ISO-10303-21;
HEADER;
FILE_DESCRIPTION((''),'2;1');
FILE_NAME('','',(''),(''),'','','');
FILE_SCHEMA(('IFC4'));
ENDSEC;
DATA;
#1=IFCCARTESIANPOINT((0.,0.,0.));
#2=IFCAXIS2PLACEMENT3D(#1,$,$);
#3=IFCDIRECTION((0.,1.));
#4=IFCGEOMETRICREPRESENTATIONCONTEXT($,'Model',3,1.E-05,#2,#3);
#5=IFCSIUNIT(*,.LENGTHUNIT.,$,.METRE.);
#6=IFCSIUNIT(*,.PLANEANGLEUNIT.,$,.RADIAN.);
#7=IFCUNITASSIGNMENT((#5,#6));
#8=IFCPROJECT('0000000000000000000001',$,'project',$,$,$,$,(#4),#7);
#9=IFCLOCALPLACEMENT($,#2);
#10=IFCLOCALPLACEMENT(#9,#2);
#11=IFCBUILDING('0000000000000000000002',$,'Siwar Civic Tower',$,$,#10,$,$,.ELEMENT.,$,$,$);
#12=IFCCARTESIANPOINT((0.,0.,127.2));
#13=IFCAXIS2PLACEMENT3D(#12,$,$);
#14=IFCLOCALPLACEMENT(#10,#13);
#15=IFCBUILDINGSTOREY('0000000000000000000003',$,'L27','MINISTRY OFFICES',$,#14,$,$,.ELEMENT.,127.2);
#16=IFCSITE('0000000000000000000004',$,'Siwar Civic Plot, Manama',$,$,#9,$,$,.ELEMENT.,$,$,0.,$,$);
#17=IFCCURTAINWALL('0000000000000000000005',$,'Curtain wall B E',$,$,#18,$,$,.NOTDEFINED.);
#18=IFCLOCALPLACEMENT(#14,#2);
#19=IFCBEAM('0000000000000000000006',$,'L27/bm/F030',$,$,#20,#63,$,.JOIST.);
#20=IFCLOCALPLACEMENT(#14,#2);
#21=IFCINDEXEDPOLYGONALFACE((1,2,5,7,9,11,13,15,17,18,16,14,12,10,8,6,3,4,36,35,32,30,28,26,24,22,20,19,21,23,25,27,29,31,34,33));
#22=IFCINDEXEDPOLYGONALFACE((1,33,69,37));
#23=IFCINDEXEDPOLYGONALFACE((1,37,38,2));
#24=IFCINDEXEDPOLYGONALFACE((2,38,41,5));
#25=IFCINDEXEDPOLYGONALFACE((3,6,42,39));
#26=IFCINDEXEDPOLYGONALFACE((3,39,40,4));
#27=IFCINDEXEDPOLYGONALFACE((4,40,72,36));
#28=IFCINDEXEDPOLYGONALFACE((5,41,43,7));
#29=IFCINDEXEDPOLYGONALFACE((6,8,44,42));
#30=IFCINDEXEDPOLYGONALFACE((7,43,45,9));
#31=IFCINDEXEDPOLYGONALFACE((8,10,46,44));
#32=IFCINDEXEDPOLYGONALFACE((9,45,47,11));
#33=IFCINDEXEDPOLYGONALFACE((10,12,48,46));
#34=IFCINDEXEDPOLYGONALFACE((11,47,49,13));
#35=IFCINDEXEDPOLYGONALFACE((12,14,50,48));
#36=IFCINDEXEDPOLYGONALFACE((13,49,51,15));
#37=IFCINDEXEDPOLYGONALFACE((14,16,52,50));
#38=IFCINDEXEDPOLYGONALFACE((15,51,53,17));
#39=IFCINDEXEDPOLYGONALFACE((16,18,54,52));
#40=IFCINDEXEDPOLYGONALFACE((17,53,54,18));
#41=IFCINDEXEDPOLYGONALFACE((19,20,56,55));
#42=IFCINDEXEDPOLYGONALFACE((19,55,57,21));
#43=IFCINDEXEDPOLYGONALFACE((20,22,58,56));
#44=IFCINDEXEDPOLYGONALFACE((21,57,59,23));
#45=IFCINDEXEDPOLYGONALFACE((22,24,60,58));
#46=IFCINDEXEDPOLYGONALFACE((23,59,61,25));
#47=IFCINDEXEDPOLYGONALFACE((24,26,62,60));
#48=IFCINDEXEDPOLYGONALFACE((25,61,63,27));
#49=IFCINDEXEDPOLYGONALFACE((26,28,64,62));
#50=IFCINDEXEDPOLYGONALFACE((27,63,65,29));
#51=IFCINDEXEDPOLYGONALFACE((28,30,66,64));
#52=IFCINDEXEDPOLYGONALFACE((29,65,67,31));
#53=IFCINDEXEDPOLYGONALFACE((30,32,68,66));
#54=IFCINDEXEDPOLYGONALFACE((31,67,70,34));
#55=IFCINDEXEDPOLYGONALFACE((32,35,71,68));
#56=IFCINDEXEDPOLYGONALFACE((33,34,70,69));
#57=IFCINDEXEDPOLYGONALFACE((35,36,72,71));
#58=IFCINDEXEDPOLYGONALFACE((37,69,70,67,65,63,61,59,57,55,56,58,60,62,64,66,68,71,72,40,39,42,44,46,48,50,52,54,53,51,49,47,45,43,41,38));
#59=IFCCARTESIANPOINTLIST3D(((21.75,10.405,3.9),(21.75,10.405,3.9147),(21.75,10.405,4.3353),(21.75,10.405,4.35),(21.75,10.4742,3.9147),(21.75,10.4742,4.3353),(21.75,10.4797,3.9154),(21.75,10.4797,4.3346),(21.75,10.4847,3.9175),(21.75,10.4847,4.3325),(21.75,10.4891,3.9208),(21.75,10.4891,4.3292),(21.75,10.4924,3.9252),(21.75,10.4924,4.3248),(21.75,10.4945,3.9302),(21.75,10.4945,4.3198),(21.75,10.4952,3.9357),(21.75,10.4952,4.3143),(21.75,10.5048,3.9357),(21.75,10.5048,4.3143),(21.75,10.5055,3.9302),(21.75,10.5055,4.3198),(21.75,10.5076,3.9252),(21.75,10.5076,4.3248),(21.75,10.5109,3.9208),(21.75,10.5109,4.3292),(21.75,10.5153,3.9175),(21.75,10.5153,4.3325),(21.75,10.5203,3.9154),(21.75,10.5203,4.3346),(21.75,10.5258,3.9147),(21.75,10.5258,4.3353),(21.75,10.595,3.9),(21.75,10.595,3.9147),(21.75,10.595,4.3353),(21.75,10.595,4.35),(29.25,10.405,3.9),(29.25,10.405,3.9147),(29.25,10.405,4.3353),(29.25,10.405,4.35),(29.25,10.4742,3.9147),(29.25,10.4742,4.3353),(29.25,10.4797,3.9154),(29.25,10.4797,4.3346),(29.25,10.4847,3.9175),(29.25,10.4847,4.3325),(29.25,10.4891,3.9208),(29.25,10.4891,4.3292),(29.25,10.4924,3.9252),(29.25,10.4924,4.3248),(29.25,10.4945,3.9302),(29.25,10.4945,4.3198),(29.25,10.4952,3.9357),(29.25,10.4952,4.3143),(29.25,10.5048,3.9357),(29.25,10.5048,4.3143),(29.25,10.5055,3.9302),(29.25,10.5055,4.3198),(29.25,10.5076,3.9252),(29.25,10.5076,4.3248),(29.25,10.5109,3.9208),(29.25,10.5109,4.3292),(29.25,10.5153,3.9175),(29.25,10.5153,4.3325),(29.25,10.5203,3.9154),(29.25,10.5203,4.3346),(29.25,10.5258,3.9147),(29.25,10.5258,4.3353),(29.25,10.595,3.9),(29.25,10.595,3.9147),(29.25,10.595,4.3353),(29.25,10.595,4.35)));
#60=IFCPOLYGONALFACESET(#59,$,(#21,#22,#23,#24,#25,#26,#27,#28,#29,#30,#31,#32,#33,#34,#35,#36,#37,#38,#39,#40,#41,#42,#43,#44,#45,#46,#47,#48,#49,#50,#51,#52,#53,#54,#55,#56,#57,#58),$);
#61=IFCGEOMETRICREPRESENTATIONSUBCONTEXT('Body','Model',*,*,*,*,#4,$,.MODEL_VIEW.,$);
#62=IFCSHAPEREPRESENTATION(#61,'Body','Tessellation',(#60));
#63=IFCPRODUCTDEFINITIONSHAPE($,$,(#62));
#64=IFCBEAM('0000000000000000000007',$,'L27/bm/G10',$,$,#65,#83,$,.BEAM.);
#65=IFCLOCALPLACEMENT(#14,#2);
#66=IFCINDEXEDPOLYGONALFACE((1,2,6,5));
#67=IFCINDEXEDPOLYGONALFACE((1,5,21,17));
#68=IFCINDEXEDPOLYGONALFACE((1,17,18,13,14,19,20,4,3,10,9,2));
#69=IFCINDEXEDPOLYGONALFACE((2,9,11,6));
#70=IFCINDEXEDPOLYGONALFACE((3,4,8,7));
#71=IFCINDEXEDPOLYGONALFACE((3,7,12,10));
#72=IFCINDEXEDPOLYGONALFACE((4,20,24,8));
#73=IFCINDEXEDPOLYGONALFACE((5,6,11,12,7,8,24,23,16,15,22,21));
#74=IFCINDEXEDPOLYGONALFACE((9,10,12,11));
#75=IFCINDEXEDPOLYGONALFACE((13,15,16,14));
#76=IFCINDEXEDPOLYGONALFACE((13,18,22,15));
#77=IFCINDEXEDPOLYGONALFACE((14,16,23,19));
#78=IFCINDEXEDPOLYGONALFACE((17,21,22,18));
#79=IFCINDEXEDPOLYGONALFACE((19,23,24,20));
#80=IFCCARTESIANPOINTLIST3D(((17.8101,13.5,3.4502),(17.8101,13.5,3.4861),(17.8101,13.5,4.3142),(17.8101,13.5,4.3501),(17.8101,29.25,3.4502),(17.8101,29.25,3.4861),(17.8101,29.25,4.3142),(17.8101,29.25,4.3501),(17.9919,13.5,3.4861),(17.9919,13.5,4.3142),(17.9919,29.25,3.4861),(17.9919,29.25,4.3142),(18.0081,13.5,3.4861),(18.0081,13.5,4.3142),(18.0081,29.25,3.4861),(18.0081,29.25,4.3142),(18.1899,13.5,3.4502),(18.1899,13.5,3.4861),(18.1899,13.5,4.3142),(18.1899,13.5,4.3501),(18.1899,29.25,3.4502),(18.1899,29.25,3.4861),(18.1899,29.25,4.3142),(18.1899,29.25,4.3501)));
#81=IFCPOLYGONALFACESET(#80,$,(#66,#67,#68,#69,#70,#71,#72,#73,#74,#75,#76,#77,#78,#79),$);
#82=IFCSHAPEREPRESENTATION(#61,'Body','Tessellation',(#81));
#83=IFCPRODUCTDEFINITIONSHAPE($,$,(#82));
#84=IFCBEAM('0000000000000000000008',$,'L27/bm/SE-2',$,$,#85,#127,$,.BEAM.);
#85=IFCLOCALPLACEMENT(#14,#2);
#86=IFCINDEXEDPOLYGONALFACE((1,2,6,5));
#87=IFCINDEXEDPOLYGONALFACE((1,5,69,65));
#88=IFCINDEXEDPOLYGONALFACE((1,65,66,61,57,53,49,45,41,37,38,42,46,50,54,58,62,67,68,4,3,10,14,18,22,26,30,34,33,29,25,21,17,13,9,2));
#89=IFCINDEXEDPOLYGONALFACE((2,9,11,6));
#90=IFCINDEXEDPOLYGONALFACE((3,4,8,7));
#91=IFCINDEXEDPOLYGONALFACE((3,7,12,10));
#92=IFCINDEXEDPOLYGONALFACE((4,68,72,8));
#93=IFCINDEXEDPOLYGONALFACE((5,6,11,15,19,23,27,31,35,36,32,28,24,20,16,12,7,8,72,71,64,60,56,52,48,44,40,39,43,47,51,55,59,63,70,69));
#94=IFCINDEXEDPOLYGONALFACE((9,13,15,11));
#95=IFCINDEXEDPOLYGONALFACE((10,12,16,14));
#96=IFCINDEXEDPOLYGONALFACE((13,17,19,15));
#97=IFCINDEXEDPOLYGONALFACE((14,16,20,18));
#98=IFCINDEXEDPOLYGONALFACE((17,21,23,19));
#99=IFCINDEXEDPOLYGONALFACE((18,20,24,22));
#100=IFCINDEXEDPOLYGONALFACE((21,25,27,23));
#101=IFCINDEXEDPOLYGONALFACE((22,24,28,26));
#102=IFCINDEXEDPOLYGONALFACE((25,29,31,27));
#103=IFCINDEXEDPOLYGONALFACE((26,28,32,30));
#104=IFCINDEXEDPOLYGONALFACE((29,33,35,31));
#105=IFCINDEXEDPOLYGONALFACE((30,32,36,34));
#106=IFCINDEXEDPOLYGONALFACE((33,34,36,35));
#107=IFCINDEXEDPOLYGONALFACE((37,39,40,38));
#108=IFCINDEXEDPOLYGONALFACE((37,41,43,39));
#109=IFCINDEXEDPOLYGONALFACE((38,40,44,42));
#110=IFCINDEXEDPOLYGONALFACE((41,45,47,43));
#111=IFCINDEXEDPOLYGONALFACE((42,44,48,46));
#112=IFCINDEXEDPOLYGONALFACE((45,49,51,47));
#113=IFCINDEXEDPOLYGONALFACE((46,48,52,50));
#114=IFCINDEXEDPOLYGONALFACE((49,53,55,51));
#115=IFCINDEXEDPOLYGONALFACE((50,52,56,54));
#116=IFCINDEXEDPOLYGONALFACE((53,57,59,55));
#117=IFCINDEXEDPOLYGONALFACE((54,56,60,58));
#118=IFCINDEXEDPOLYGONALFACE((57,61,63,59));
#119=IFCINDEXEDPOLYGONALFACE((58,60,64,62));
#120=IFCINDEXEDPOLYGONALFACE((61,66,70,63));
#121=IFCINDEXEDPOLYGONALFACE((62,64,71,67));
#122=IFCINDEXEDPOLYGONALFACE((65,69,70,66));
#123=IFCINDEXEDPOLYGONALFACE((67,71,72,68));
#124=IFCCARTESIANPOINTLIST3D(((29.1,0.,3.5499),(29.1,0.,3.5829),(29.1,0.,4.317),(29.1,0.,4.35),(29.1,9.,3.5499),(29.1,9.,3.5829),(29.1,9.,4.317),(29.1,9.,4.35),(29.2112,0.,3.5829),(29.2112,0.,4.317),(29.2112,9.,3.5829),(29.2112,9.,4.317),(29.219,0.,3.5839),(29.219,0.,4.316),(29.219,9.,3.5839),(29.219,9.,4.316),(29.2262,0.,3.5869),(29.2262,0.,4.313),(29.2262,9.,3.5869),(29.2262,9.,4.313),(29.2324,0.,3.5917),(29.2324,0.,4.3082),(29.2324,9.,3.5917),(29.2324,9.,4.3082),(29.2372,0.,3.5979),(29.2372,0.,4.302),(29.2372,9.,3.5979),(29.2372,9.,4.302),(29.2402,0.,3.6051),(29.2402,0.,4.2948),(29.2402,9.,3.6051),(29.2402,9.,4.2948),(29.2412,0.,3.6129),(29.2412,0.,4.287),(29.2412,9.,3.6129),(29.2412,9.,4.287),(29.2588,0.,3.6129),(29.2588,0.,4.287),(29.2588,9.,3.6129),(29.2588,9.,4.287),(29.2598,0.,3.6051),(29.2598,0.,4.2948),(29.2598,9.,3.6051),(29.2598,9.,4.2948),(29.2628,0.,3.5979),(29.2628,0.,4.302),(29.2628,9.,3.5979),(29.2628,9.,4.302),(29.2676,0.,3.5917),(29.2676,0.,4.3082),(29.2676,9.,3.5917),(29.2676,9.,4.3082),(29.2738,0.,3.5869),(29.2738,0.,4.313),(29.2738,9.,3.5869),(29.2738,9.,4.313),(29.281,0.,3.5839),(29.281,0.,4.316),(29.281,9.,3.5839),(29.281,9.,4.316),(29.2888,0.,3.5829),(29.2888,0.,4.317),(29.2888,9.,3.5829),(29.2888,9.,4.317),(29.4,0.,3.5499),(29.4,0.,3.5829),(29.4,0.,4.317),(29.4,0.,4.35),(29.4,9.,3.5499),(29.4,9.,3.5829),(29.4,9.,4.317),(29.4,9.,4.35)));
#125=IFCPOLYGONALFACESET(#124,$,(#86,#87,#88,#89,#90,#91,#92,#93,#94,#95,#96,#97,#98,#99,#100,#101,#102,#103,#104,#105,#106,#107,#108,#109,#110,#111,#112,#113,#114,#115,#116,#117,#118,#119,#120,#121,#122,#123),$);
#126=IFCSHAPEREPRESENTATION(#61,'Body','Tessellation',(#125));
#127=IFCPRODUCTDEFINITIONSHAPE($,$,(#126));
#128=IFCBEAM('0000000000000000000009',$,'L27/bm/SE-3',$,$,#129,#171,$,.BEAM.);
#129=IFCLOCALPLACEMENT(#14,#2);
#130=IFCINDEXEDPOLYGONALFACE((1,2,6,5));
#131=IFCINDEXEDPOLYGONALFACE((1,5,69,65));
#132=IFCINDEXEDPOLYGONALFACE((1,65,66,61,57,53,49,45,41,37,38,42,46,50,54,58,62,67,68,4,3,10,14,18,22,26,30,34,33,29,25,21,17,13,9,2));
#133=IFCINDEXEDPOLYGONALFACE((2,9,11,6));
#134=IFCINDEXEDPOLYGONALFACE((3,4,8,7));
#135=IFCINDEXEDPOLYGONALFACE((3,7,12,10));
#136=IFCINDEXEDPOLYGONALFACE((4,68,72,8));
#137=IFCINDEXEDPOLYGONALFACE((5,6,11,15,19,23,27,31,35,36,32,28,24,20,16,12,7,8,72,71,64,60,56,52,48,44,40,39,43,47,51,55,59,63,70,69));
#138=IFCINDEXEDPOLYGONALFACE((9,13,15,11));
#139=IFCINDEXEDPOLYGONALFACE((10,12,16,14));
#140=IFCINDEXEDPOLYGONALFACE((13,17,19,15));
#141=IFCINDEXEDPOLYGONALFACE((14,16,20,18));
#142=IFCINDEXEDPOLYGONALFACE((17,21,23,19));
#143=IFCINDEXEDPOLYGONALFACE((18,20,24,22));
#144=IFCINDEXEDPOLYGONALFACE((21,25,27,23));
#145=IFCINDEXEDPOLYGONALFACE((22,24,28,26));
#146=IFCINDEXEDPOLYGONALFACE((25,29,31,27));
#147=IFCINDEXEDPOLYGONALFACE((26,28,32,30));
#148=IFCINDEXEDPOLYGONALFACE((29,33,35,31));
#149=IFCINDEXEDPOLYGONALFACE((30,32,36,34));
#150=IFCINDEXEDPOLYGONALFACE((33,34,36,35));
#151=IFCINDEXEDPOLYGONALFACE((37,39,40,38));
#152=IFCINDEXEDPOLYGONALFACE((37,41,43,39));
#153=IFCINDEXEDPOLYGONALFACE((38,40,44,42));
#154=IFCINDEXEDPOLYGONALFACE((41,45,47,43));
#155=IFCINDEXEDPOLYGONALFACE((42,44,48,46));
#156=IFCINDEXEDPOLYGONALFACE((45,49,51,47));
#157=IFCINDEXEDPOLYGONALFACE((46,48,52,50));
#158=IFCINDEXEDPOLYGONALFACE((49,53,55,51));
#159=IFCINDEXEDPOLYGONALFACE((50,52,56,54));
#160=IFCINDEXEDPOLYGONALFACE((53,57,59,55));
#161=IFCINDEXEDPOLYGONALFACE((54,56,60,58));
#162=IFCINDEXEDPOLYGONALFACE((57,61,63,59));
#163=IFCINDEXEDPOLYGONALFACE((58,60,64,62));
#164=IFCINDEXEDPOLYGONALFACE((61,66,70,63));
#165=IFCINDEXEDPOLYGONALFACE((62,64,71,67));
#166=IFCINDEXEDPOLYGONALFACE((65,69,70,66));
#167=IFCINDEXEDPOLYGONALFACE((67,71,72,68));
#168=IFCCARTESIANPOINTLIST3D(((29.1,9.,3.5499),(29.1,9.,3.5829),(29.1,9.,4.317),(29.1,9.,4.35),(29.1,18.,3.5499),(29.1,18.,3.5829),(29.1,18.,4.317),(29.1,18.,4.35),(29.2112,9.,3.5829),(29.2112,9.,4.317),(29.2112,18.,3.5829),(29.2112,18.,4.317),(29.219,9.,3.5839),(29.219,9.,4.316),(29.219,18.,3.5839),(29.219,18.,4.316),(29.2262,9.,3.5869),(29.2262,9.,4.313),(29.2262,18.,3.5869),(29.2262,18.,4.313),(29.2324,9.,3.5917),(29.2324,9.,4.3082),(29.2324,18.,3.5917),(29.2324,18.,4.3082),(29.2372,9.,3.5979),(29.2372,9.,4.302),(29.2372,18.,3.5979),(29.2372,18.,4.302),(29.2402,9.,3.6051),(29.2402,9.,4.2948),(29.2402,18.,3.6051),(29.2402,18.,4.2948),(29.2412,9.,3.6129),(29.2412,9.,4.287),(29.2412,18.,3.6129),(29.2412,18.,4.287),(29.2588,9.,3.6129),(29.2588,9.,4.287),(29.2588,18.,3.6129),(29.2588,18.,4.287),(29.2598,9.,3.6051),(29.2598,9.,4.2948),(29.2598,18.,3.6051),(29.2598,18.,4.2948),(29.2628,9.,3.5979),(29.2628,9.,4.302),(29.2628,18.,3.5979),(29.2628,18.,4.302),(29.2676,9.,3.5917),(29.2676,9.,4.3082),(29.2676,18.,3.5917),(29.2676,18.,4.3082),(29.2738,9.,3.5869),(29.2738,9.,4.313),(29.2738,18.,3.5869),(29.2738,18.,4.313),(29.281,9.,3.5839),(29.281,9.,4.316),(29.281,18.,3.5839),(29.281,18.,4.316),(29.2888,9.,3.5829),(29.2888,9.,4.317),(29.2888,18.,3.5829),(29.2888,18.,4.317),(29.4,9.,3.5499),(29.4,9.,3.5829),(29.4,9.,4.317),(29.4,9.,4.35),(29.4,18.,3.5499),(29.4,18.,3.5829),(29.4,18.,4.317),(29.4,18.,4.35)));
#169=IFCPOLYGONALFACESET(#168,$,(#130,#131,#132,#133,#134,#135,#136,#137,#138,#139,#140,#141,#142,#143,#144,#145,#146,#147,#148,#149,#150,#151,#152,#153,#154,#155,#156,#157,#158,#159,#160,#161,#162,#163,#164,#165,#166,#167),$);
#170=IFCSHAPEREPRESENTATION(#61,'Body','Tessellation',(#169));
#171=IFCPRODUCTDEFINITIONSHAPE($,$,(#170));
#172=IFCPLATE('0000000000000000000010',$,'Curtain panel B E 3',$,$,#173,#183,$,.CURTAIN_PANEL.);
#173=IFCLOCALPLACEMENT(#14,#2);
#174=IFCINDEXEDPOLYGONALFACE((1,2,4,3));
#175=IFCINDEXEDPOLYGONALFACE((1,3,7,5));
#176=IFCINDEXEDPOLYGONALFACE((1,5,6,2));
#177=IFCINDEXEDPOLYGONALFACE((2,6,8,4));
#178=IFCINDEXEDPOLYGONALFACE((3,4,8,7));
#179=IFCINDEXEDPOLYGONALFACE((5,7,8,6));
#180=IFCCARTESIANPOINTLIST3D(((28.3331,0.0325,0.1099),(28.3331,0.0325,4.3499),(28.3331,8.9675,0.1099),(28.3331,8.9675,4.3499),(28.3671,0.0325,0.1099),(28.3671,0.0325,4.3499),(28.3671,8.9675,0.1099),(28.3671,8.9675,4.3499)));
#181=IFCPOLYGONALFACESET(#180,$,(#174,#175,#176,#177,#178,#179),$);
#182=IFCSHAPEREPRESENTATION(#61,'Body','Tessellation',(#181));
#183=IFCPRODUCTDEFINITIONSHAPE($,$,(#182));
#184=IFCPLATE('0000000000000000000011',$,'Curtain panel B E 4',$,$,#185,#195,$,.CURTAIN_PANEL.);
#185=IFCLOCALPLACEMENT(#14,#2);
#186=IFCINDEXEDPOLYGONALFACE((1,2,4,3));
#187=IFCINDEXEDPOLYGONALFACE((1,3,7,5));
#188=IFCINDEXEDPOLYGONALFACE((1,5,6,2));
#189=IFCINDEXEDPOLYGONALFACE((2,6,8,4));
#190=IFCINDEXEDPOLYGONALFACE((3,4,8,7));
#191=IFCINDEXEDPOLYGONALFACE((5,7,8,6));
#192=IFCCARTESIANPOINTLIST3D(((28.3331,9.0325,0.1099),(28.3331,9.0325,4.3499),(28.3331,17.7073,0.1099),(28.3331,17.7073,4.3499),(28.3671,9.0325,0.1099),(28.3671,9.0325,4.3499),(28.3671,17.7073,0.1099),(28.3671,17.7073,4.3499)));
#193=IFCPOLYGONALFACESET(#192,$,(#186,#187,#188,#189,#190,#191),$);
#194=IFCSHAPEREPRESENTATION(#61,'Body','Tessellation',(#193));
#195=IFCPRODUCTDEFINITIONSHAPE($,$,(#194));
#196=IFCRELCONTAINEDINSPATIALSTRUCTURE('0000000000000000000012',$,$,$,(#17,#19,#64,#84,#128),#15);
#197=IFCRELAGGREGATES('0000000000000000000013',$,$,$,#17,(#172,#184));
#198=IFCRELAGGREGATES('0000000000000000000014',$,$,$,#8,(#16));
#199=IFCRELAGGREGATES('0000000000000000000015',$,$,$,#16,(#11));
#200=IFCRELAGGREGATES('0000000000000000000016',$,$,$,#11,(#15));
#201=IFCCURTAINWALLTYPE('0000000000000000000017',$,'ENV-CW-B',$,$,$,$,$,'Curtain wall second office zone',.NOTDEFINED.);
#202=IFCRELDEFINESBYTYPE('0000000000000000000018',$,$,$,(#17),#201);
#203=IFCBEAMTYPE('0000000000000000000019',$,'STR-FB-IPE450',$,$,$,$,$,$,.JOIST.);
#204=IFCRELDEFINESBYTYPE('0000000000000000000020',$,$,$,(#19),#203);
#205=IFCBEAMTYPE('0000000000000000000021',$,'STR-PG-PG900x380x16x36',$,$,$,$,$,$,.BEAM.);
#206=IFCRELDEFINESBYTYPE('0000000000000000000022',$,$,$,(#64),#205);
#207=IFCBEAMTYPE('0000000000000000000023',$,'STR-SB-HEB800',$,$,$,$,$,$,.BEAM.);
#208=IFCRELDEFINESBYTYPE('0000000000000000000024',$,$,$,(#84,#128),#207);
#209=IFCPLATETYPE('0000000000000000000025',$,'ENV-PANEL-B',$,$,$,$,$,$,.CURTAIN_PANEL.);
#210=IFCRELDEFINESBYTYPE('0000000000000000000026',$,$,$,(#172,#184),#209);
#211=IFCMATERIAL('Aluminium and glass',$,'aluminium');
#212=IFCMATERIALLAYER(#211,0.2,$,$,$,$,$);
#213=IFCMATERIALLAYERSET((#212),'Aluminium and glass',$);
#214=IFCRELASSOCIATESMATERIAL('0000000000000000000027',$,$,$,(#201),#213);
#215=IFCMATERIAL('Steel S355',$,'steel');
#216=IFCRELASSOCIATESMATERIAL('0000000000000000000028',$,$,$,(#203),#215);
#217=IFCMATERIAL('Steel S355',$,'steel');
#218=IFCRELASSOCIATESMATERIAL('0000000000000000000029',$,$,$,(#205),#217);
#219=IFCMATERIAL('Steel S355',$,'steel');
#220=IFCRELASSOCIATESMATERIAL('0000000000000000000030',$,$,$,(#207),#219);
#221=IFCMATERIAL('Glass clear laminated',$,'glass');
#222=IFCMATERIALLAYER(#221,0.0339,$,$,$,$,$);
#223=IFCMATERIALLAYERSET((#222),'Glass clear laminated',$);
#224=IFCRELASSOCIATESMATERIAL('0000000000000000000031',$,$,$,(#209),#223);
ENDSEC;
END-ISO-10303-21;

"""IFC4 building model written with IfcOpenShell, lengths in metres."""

from ifc_helpers import new_model, si_unit, direction, frame, origin, origin_2d, place, context, subcontext, project, spatial, rectangle, i_section, extrude, material, layer, layer_set, material_profile, profile_set, type_object, element, aggregate, save


model = new_model("IFC4")

# Units and contexts
model_context = context("Model", 3, precision=1e-05, world=origin(), true_north=direction((0.0, 1.0)))
body_context = subcontext(model_context, "Body", "Model", "MODEL_VIEW")
ifc_project = project(units=[si_unit("LENGTHUNIT", "METRE"), si_unit("PLANEANGLEUNIT", "RADIAN")], contexts=[model_context])

# Site, building, storey
site_placement = place(None, origin())
site = spatial("IfcSite", under=ifc_project, at=site_placement, Name="Siwar Civic Plot, Manama", CompositionType="ELEMENT", RefElevation=0.0)
building_placement = place(site_placement, origin())
building = spatial("IfcBuilding", under=site, at=building_placement, Name="Siwar Civic Tower", CompositionType="ELEMENT")
storey_placement = place(building_placement, frame((0.0, 0.0, 127.2)))
storey = spatial("IfcBuildingStorey", under=building, at=storey_placement, Name="L27", Description="MINISTRY OFFICES", CompositionType="ELEMENT", Elevation=127.2)

# Curtain wall
ifc_material_1 = material(Name="Aluminium and glass", Category="aluminium")
ifc_layer_1 = layer(ifc_material_1, 0.2)
ifc_layer_set_1 = layer_set([ifc_layer_1], Name="Aluminium and glass")
curtain_wall_type = type_object("IfcCurtainWallType", Name="ENV-CW-B", ElementType="Curtain wall second office zone", PredefinedType="NOTDEFINED", material=ifc_layer_set_1)
curtain_wall_placement = place(storey_placement, origin())
curtain_wall = element("IfcCurtainWall", 1, at=curtain_wall_placement, inside=storey, type_object=curtain_wall_type, Name="Curtain wall B E", PredefinedType="NOTDEFINED")

# Beams
ifc_material_2 = material(Name="Steel S355", Category="steel")
ifc_material_profile_1 = material_profile(ifc_material_2, i_section(OverallWidth=0.1899, OverallDepth=0.45, WebThickness=0.0095, FlangeThickness=0.0146, FilletRadius=0.021, at=origin_2d()), Name="IPE450")
ifc_profile_set_1 = profile_set([ifc_material_profile_1], Name="Steel S355")
beam_type_1 = type_object("IfcBeamType", Name="STR-FB-IPE450", PredefinedType="JOIST", material=ifc_profile_set_1)
for number, where, z_axis, x_axis, name in (
    (2, (21.75, 10.5, 4.125), (1.0, 0.0, 0.0), (0.0, 1.0, 0.0), "L27/bm/F030"),
):
    element("IfcBeam", number, at=place(storey_placement, frame(where, z_axis=z_axis, x_axis=x_axis)), inside=storey, type_object=beam_type_1, Name=name, PredefinedType="JOIST", context=body_context, shape_type="SweptSolid", body=[
        extrude(i_section(OverallWidth=0.1899, OverallDepth=0.45, WebThickness=0.0095, FlangeThickness=0.0146, FilletRadius=0.021, at=origin_2d()), origin(), (0.0, 0.0, 1.0), 7.5),
    ])
ifc_material_3 = material(Name="Steel S355", Category="steel")
ifc_material_profile_2 = material_profile(ifc_material_3, i_section(OverallWidth=0.3799, OverallDepth=0.8999, WebThickness=0.0161, FlangeThickness=0.0359, at=origin_2d()), Name="PG900x380x16x36")
ifc_profile_set_2 = profile_set([ifc_material_profile_2], Name="Steel S355")
beam_type_2 = type_object("IfcBeamType", Name="STR-PG-PG900x380x16x36", PredefinedType="BEAM", material=ifc_profile_set_2)
beam_placement = place(storey_placement, frame((18.0, 13.5, 3.9001), z_axis=(0.0, 1.0, 0.0), x_axis=(-1.0, 0.0, 0.0)))
element("IfcBeam", 3, at=beam_placement, inside=storey, type_object=beam_type_2, Name="L27/bm/G10", PredefinedType="BEAM", context=body_context, shape_type="SweptSolid", body=[
    extrude(i_section(OverallWidth=0.3799, OverallDepth=0.8999, WebThickness=0.0161, FlangeThickness=0.0359, at=origin_2d()), origin(), (0.0, 0.0, 1.0), 15.75),
])
ifc_material_4 = material(Name="Steel S355", Category="steel")
ifc_material_profile_3 = material_profile(ifc_material_4, i_section(OverallWidth=0.3, OverallDepth=0.8, WebThickness=0.0176, FlangeThickness=0.033, FilletRadius=0.03, at=origin_2d()), Name="HEB800")
ifc_profile_set_3 = profile_set([ifc_material_profile_3], Name="Steel S355")
beam_type_3 = type_object("IfcBeamType", Name="STR-SB-HEB800", PredefinedType="BEAM", material=ifc_profile_set_3)
for number, where, z_axis, x_axis, name in (
    (4, (29.25, 0.0, 3.95), (0.0, 1.0, 0.0), (-1.0, 0.0, 0.0), "L27/bm/SE-2"),
    (5, (29.25, 9.0, 3.95), (0.0, 1.0, 0.0), (-1.0, 0.0, 0.0), "L27/bm/SE-3"),
):
    element("IfcBeam", number, at=place(storey_placement, frame(where, z_axis=z_axis, x_axis=x_axis)), inside=storey, type_object=beam_type_3, Name=name, PredefinedType="BEAM", context=body_context, shape_type="SweptSolid", body=[
        extrude(i_section(OverallWidth=0.3, OverallDepth=0.8, WebThickness=0.0176, FlangeThickness=0.033, FilletRadius=0.03, at=origin_2d()), origin(), (0.0, 0.0, 1.0), 9.0),
    ])

# Plates
ifc_material_5 = material(Name="Glass clear laminated", Category="glass")
ifc_layer_2 = layer(ifc_material_5, 0.0339)
ifc_layer_set_2 = layer_set([ifc_layer_2], Name="Glass clear laminated")
plate_type = type_object("IfcPlateType", Name="ENV-PANEL-B", PredefinedType="CURTAIN_PANEL", material=ifc_layer_set_2)
plate_1_placement = place(storey_placement, frame((28.3501, 4.5, 0.1099), z_axis=(0.0, 0.0, 1.0), x_axis=(0.0, 1.0, 0.0)))
plate_1 = element("IfcPlate", 6, at=plate_1_placement, type_object=plate_type, Name="Curtain panel B E 3", PredefinedType="CURTAIN_PANEL", context=body_context, shape_type="SweptSolid", body=[
    extrude(rectangle(XDim=8.9351, YDim=0.0339, at=origin_2d()), origin(), (0.0, 0.0, 1.0), 4.24),
])
plate_2_placement = place(storey_placement, frame((28.3501, 13.3699, 0.1099), z_axis=(0.0, 0.0, 1.0), x_axis=(0.0, 1.0, 0.0)))
plate_2 = element("IfcPlate", 7, at=plate_2_placement, type_object=plate_type, Name="Curtain panel B E 4", PredefinedType="CURTAIN_PANEL", context=body_context, shape_type="SweptSolid", body=[
    extrude(rectangle(XDim=8.6748, YDim=0.0339, at=origin_2d()), origin(), (0.0, 0.0, 1.0), 4.24),
])
aggregate(curtain_wall, [plate_1, plate_2])

save(model, "model.ifc")
